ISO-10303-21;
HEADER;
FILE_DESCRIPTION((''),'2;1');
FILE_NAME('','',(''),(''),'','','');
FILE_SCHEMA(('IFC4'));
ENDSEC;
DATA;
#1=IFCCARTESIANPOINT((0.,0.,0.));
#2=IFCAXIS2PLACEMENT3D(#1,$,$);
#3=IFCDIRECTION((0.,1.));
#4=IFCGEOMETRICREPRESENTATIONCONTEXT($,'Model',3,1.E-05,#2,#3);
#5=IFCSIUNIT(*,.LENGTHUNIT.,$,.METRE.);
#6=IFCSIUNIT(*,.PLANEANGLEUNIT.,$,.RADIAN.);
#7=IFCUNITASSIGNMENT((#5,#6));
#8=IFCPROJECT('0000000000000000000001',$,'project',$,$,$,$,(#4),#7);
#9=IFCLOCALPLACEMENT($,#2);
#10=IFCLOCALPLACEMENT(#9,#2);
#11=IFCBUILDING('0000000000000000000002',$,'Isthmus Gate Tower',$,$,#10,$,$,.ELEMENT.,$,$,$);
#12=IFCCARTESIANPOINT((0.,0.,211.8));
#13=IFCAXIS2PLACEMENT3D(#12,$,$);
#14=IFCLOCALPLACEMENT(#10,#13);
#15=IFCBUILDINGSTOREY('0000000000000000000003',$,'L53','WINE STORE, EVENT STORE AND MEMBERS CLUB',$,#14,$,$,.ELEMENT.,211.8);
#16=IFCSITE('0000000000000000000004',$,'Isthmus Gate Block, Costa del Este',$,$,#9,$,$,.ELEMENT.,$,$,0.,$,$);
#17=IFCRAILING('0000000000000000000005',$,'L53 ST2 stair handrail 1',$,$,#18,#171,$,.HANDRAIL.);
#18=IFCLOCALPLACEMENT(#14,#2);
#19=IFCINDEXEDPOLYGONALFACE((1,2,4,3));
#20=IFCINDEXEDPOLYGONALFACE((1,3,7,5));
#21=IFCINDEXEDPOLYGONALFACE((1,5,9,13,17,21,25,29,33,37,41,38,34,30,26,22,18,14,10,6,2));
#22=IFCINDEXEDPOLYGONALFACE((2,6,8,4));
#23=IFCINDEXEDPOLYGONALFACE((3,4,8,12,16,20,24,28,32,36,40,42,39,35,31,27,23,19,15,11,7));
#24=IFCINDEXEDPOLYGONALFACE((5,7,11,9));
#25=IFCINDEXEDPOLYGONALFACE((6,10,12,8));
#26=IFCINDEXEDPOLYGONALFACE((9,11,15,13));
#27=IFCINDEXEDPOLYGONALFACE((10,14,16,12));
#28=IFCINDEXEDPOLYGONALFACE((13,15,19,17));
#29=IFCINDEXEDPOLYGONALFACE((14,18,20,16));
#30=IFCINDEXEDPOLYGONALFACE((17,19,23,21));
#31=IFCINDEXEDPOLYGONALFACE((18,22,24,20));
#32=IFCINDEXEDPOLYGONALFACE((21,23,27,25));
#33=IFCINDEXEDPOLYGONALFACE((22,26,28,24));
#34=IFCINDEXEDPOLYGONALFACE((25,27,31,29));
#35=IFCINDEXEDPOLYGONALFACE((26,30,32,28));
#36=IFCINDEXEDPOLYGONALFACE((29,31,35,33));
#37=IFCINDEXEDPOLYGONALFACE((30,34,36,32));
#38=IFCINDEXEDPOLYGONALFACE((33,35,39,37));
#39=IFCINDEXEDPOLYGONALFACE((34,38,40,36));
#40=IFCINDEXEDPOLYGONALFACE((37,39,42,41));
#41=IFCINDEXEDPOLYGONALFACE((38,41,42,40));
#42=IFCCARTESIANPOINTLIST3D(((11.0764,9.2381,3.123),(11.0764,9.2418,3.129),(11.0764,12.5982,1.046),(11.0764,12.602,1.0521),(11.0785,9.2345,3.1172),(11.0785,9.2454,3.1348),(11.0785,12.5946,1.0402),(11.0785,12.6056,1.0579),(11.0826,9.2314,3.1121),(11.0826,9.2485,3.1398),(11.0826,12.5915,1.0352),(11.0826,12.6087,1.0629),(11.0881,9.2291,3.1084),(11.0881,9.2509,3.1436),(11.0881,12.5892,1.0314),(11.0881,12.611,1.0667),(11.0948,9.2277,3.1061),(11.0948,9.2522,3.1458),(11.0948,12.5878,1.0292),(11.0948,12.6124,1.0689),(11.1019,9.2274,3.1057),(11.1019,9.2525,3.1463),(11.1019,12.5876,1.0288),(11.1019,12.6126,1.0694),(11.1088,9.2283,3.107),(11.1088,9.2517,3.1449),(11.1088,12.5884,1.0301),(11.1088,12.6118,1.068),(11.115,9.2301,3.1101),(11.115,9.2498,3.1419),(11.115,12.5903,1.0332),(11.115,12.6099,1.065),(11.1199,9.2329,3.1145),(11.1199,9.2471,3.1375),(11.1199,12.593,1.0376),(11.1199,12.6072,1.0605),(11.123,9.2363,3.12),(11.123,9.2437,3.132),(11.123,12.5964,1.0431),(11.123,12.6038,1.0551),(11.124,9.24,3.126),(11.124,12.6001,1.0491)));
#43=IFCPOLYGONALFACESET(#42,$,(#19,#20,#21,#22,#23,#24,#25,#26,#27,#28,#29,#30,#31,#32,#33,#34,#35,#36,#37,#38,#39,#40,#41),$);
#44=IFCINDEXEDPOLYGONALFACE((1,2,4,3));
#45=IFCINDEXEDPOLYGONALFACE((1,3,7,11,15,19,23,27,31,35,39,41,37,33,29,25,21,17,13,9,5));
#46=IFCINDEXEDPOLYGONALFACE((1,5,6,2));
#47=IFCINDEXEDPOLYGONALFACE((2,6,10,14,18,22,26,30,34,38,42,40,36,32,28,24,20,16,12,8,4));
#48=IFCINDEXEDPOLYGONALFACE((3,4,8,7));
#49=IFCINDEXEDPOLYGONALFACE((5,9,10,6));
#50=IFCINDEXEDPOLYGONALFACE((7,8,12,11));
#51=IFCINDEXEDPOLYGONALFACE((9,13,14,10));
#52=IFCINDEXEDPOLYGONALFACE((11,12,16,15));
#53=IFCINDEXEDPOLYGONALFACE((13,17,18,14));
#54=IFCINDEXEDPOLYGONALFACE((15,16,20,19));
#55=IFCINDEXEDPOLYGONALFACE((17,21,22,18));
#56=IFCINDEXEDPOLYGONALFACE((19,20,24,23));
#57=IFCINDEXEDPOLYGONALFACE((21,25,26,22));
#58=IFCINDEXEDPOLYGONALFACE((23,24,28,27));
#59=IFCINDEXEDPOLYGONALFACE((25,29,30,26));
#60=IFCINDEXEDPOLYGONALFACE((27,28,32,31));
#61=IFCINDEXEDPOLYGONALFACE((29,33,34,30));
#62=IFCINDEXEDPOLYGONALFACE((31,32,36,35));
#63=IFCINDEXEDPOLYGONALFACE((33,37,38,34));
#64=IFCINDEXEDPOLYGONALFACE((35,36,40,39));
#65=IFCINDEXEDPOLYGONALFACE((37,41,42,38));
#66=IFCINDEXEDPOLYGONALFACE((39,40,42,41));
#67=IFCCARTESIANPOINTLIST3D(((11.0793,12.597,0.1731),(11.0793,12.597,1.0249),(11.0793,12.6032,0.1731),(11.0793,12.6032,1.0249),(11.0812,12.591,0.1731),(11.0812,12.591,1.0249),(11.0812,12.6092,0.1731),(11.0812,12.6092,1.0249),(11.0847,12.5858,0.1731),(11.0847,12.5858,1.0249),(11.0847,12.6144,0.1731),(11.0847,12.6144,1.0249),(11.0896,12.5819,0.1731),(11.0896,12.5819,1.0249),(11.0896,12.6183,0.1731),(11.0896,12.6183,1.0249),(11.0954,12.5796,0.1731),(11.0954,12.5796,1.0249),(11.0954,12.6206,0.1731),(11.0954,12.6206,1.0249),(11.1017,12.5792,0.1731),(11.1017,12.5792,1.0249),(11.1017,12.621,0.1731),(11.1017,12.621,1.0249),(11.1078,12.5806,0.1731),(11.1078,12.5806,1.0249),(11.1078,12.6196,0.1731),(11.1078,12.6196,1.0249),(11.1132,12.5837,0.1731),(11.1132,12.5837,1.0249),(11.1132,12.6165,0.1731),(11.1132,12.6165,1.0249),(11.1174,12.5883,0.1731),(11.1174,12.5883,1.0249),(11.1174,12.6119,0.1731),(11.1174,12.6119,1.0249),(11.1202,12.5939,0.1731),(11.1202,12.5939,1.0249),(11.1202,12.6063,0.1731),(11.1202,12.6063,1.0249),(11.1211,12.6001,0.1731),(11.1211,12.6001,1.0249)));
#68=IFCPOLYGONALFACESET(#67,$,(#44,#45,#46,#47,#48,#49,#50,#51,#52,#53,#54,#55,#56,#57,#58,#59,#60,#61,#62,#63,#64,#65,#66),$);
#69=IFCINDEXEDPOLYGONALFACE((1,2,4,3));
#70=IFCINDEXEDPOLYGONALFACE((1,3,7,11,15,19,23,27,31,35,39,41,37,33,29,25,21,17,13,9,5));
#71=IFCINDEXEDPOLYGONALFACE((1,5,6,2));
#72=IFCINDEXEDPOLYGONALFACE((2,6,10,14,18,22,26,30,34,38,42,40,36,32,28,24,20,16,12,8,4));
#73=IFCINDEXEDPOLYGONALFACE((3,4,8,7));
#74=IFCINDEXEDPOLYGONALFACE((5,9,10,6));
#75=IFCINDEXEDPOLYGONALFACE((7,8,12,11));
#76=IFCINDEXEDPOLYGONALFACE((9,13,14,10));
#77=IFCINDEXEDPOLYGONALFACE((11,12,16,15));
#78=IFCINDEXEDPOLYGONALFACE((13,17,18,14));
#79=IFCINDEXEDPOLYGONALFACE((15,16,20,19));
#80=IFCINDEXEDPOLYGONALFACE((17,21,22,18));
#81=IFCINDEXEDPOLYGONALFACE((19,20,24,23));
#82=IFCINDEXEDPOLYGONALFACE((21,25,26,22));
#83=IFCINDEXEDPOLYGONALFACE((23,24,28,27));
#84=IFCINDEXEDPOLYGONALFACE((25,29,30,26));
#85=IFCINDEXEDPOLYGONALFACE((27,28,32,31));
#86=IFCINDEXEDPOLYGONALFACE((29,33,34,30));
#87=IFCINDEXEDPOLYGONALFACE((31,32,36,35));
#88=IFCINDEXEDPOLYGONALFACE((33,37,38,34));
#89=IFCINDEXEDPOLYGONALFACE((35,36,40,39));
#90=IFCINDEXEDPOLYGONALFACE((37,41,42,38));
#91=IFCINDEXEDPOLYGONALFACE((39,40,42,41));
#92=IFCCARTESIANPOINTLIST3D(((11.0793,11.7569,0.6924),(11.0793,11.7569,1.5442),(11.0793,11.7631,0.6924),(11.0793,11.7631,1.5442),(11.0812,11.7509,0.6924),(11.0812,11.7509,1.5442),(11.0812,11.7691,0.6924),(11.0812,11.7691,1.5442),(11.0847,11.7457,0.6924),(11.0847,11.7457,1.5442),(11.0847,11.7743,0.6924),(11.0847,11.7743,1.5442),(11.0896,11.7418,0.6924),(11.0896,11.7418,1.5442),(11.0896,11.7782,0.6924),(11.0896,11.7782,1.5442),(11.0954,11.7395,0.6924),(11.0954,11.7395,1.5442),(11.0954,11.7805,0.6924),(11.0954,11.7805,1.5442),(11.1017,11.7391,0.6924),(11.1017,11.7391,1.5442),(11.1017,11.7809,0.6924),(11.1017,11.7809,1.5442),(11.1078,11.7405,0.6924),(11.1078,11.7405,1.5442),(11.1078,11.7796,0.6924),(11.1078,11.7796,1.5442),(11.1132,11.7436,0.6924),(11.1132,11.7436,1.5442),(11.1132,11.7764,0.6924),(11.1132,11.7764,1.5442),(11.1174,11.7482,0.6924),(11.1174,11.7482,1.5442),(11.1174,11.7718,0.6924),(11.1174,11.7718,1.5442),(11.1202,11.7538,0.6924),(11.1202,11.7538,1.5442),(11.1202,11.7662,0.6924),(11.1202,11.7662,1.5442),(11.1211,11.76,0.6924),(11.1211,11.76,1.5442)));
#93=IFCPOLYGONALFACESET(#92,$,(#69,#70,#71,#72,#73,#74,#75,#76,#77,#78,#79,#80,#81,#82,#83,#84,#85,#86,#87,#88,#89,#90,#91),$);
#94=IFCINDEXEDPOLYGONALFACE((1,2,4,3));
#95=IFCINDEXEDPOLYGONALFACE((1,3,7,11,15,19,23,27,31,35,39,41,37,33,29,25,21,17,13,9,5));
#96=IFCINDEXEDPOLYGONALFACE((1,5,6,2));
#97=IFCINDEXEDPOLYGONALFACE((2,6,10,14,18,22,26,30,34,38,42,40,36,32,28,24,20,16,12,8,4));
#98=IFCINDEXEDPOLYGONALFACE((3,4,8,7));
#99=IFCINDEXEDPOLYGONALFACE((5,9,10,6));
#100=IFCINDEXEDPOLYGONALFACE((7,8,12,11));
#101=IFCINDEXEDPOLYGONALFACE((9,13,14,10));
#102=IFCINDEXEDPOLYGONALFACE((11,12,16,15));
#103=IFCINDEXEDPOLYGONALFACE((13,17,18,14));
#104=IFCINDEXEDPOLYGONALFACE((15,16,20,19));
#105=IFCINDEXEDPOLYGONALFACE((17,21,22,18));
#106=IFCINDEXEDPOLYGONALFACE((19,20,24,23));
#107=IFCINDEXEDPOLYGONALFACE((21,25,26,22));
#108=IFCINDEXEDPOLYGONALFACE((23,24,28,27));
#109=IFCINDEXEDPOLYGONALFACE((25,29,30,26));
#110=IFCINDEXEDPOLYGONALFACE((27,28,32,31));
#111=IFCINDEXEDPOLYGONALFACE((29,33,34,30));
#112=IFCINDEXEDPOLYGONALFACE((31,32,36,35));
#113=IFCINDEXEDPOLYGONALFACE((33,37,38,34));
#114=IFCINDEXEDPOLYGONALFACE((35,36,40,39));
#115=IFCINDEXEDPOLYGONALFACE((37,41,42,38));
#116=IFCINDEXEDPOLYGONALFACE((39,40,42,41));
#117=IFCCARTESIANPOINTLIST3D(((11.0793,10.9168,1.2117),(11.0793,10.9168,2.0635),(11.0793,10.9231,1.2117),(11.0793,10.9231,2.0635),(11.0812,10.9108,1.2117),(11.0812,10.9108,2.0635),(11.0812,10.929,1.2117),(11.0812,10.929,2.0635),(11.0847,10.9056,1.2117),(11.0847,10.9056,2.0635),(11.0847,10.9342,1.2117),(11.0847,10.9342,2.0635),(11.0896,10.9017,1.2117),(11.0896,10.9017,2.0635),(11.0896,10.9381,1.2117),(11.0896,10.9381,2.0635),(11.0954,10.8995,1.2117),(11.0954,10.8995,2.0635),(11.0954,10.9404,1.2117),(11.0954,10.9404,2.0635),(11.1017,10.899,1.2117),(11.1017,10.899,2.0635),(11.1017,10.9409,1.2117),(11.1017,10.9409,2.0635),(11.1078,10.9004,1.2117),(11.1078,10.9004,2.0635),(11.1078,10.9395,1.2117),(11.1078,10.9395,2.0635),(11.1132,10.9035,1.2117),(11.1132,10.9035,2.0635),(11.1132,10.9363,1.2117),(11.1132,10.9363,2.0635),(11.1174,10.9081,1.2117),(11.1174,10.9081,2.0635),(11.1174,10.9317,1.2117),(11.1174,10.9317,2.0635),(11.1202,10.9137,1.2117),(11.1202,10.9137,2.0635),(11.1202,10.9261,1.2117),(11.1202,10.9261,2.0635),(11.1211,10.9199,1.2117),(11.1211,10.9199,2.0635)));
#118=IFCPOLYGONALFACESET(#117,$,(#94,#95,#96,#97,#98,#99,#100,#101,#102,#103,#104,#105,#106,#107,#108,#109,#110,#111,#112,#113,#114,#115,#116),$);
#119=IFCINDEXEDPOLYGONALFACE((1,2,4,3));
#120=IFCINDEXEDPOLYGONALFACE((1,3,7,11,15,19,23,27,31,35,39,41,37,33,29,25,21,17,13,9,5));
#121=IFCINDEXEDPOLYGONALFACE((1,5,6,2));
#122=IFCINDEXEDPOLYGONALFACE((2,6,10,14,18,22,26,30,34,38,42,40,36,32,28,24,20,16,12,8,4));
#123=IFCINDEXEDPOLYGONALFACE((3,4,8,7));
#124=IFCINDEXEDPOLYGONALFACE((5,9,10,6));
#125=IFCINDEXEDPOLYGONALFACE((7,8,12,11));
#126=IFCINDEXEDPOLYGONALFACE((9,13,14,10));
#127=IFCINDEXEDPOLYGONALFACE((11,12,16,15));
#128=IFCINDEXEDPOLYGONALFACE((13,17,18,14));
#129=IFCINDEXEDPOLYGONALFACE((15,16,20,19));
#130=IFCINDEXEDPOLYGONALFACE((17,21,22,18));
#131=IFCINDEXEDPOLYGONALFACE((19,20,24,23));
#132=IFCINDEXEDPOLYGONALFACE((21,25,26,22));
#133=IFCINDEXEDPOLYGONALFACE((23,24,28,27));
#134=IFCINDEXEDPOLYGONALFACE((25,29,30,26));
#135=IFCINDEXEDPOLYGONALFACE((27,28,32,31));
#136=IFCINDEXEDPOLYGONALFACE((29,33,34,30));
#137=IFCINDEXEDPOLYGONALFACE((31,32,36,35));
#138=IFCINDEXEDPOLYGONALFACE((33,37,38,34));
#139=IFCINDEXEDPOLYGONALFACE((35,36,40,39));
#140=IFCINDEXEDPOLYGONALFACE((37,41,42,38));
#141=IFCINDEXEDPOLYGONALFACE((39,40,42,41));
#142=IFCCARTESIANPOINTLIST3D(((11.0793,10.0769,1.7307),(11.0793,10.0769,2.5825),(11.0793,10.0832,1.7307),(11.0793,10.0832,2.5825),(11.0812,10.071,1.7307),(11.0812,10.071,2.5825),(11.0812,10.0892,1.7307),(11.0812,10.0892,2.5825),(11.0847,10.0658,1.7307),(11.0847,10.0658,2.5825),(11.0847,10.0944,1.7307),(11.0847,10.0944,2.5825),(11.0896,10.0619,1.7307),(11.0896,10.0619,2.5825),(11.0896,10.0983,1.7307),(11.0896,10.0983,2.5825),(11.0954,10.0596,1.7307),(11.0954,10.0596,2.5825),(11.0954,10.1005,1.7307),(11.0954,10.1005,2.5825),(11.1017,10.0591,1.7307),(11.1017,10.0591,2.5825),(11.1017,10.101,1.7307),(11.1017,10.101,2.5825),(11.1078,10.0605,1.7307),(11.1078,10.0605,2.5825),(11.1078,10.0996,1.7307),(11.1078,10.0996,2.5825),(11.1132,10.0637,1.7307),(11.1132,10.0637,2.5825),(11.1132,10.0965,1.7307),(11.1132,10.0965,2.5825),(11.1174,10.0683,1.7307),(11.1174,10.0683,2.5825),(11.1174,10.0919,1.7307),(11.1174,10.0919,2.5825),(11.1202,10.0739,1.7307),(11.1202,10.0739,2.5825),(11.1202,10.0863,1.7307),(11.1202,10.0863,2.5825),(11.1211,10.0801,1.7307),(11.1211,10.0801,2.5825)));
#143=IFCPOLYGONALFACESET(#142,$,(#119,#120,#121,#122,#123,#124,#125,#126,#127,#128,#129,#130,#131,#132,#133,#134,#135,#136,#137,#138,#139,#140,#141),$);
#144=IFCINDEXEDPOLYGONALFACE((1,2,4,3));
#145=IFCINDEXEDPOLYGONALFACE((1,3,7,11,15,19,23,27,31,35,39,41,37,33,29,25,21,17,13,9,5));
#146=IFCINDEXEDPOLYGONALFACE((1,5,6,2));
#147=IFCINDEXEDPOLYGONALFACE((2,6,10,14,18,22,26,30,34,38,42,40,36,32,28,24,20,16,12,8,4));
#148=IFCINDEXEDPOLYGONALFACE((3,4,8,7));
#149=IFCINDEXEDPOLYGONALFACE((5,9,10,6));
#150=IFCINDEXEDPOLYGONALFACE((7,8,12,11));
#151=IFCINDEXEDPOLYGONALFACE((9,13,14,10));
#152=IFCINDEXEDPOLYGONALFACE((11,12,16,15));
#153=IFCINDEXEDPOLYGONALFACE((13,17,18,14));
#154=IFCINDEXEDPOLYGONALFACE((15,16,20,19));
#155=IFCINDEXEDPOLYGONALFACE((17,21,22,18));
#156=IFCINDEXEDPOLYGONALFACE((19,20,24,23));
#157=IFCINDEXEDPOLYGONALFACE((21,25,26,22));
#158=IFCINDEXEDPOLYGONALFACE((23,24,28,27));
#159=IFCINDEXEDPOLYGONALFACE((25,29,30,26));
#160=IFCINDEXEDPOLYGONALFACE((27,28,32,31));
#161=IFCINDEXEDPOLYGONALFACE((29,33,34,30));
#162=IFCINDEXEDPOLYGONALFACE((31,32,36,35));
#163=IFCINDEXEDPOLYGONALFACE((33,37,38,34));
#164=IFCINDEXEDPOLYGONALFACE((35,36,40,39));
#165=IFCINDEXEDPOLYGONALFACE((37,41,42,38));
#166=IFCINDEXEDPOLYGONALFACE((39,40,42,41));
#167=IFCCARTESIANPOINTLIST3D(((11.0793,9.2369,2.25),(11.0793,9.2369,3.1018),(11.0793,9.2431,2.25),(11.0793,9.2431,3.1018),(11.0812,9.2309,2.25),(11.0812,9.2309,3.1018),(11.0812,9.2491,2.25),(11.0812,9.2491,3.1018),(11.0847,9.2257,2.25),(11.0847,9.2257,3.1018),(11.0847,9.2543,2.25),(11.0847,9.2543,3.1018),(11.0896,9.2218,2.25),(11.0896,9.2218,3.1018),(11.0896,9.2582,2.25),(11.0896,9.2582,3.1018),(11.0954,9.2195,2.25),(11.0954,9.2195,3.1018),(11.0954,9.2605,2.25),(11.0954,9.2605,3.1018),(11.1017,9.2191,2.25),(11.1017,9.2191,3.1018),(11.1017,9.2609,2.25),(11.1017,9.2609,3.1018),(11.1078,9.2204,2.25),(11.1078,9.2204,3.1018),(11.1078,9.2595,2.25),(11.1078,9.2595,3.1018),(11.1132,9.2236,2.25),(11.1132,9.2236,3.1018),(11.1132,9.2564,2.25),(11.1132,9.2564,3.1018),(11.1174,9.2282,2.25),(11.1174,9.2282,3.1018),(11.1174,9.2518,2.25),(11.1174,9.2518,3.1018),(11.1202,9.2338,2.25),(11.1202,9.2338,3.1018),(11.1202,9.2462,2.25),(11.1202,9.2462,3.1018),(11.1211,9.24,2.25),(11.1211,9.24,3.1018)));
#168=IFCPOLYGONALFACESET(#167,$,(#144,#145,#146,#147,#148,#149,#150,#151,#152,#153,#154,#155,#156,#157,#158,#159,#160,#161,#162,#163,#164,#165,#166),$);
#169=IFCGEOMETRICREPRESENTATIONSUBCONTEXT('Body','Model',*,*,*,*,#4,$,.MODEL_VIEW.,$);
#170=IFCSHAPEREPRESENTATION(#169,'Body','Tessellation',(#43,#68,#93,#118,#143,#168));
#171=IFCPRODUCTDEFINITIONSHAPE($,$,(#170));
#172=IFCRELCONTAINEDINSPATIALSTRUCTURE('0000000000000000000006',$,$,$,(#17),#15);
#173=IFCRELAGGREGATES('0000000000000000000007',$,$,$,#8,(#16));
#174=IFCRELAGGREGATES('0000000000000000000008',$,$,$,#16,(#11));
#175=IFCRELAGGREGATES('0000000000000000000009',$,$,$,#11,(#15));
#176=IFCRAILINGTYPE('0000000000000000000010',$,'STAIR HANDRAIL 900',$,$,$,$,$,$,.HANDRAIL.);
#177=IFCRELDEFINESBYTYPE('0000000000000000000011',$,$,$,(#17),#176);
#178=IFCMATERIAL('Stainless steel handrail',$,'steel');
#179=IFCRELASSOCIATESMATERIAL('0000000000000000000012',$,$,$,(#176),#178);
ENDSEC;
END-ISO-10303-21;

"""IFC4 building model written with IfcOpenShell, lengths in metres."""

from ifc_helpers import new_model, si_unit, direction, frame, origin, origin_2d, place, context, subcontext, project, spatial, circle, extrude, material, type_object, element, save


model = new_model("IFC4")

# Units and contexts
model_context = context("Model", 3, precision=1e-05, world=origin(), true_north=direction((0.0, 1.0)))
body_context = subcontext(model_context, "Body", "Model", "MODEL_VIEW")
ifc_project = project(units=[si_unit("LENGTHUNIT", "METRE"), si_unit("PLANEANGLEUNIT", "RADIAN")], contexts=[model_context])

# Site, building, storey
site_placement = place(None, origin())
site = spatial("IfcSite", under=ifc_project, at=site_placement, Name="Isthmus Gate Block, Costa del Este", CompositionType="ELEMENT", RefElevation=0.0)
building_placement = place(site_placement, origin())
building = spatial("IfcBuilding", under=site, at=building_placement, Name="Isthmus Gate Tower", CompositionType="ELEMENT")
storey_placement = place(building_placement, frame((0.0, 0.0, 211.8)))
storey = spatial("IfcBuildingStorey", under=building, at=storey_placement, Name="L53", Description="WINE STORE, EVENT STORE AND MEMBERS CLUB", CompositionType="ELEMENT", Elevation=211.8)

# Railing
ifc_material_1 = material(Name="Stainless steel handrail", Category="steel")
railing_type_1 = type_object("IfcRailingType", Name="STAIR HANDRAIL 900", PredefinedType="HANDRAIL", material=ifc_material_1)
railing_1_placement = place(storey_placement, frame((11.1001, 12.6001, 0.1731)))
element("IfcRailing", 1, at=railing_1_placement, inside=storey, type_object=railing_type_1, Name="L53 ST2 stair handrail 1", PredefinedType="HANDRAIL", context=body_context, shape_type="SweptSolid", body=[
    extrude(circle(Radius=0.0239, at=origin_2d()), frame((0.0, 0.0, 0.876), z_axis=(0.0, -0.850623, 0.525776), x_axis=(1.0, 0.0, 0.0)), (0.0, 0.0, 1.0), 3.9502),
    extrude(circle(Radius=0.021, at=origin_2d()), origin(), (0.0, 0.0, 1.0), 0.8518),
    extrude(circle(Radius=0.021, at=origin_2d()), frame((0.0, -0.8401, 0.5193)), (0.0, 0.0, 1.0), 0.8518),
    extrude(circle(Radius=0.021, at=origin_2d()), frame((0.0, -1.6802, 1.0386)), (0.0, 0.0, 1.0), 0.8518),
    extrude(circle(Radius=0.021, at=origin_2d()), frame((0.0, -2.52, 1.5576)), (0.0, 0.0, 1.0), 0.8518),
    extrude(circle(Radius=0.021, at=origin_2d()), frame((0.0, -3.3601, 2.0769)), (0.0, 0.0, 1.0), 0.8518),
])

save(model, "model.ifc")
